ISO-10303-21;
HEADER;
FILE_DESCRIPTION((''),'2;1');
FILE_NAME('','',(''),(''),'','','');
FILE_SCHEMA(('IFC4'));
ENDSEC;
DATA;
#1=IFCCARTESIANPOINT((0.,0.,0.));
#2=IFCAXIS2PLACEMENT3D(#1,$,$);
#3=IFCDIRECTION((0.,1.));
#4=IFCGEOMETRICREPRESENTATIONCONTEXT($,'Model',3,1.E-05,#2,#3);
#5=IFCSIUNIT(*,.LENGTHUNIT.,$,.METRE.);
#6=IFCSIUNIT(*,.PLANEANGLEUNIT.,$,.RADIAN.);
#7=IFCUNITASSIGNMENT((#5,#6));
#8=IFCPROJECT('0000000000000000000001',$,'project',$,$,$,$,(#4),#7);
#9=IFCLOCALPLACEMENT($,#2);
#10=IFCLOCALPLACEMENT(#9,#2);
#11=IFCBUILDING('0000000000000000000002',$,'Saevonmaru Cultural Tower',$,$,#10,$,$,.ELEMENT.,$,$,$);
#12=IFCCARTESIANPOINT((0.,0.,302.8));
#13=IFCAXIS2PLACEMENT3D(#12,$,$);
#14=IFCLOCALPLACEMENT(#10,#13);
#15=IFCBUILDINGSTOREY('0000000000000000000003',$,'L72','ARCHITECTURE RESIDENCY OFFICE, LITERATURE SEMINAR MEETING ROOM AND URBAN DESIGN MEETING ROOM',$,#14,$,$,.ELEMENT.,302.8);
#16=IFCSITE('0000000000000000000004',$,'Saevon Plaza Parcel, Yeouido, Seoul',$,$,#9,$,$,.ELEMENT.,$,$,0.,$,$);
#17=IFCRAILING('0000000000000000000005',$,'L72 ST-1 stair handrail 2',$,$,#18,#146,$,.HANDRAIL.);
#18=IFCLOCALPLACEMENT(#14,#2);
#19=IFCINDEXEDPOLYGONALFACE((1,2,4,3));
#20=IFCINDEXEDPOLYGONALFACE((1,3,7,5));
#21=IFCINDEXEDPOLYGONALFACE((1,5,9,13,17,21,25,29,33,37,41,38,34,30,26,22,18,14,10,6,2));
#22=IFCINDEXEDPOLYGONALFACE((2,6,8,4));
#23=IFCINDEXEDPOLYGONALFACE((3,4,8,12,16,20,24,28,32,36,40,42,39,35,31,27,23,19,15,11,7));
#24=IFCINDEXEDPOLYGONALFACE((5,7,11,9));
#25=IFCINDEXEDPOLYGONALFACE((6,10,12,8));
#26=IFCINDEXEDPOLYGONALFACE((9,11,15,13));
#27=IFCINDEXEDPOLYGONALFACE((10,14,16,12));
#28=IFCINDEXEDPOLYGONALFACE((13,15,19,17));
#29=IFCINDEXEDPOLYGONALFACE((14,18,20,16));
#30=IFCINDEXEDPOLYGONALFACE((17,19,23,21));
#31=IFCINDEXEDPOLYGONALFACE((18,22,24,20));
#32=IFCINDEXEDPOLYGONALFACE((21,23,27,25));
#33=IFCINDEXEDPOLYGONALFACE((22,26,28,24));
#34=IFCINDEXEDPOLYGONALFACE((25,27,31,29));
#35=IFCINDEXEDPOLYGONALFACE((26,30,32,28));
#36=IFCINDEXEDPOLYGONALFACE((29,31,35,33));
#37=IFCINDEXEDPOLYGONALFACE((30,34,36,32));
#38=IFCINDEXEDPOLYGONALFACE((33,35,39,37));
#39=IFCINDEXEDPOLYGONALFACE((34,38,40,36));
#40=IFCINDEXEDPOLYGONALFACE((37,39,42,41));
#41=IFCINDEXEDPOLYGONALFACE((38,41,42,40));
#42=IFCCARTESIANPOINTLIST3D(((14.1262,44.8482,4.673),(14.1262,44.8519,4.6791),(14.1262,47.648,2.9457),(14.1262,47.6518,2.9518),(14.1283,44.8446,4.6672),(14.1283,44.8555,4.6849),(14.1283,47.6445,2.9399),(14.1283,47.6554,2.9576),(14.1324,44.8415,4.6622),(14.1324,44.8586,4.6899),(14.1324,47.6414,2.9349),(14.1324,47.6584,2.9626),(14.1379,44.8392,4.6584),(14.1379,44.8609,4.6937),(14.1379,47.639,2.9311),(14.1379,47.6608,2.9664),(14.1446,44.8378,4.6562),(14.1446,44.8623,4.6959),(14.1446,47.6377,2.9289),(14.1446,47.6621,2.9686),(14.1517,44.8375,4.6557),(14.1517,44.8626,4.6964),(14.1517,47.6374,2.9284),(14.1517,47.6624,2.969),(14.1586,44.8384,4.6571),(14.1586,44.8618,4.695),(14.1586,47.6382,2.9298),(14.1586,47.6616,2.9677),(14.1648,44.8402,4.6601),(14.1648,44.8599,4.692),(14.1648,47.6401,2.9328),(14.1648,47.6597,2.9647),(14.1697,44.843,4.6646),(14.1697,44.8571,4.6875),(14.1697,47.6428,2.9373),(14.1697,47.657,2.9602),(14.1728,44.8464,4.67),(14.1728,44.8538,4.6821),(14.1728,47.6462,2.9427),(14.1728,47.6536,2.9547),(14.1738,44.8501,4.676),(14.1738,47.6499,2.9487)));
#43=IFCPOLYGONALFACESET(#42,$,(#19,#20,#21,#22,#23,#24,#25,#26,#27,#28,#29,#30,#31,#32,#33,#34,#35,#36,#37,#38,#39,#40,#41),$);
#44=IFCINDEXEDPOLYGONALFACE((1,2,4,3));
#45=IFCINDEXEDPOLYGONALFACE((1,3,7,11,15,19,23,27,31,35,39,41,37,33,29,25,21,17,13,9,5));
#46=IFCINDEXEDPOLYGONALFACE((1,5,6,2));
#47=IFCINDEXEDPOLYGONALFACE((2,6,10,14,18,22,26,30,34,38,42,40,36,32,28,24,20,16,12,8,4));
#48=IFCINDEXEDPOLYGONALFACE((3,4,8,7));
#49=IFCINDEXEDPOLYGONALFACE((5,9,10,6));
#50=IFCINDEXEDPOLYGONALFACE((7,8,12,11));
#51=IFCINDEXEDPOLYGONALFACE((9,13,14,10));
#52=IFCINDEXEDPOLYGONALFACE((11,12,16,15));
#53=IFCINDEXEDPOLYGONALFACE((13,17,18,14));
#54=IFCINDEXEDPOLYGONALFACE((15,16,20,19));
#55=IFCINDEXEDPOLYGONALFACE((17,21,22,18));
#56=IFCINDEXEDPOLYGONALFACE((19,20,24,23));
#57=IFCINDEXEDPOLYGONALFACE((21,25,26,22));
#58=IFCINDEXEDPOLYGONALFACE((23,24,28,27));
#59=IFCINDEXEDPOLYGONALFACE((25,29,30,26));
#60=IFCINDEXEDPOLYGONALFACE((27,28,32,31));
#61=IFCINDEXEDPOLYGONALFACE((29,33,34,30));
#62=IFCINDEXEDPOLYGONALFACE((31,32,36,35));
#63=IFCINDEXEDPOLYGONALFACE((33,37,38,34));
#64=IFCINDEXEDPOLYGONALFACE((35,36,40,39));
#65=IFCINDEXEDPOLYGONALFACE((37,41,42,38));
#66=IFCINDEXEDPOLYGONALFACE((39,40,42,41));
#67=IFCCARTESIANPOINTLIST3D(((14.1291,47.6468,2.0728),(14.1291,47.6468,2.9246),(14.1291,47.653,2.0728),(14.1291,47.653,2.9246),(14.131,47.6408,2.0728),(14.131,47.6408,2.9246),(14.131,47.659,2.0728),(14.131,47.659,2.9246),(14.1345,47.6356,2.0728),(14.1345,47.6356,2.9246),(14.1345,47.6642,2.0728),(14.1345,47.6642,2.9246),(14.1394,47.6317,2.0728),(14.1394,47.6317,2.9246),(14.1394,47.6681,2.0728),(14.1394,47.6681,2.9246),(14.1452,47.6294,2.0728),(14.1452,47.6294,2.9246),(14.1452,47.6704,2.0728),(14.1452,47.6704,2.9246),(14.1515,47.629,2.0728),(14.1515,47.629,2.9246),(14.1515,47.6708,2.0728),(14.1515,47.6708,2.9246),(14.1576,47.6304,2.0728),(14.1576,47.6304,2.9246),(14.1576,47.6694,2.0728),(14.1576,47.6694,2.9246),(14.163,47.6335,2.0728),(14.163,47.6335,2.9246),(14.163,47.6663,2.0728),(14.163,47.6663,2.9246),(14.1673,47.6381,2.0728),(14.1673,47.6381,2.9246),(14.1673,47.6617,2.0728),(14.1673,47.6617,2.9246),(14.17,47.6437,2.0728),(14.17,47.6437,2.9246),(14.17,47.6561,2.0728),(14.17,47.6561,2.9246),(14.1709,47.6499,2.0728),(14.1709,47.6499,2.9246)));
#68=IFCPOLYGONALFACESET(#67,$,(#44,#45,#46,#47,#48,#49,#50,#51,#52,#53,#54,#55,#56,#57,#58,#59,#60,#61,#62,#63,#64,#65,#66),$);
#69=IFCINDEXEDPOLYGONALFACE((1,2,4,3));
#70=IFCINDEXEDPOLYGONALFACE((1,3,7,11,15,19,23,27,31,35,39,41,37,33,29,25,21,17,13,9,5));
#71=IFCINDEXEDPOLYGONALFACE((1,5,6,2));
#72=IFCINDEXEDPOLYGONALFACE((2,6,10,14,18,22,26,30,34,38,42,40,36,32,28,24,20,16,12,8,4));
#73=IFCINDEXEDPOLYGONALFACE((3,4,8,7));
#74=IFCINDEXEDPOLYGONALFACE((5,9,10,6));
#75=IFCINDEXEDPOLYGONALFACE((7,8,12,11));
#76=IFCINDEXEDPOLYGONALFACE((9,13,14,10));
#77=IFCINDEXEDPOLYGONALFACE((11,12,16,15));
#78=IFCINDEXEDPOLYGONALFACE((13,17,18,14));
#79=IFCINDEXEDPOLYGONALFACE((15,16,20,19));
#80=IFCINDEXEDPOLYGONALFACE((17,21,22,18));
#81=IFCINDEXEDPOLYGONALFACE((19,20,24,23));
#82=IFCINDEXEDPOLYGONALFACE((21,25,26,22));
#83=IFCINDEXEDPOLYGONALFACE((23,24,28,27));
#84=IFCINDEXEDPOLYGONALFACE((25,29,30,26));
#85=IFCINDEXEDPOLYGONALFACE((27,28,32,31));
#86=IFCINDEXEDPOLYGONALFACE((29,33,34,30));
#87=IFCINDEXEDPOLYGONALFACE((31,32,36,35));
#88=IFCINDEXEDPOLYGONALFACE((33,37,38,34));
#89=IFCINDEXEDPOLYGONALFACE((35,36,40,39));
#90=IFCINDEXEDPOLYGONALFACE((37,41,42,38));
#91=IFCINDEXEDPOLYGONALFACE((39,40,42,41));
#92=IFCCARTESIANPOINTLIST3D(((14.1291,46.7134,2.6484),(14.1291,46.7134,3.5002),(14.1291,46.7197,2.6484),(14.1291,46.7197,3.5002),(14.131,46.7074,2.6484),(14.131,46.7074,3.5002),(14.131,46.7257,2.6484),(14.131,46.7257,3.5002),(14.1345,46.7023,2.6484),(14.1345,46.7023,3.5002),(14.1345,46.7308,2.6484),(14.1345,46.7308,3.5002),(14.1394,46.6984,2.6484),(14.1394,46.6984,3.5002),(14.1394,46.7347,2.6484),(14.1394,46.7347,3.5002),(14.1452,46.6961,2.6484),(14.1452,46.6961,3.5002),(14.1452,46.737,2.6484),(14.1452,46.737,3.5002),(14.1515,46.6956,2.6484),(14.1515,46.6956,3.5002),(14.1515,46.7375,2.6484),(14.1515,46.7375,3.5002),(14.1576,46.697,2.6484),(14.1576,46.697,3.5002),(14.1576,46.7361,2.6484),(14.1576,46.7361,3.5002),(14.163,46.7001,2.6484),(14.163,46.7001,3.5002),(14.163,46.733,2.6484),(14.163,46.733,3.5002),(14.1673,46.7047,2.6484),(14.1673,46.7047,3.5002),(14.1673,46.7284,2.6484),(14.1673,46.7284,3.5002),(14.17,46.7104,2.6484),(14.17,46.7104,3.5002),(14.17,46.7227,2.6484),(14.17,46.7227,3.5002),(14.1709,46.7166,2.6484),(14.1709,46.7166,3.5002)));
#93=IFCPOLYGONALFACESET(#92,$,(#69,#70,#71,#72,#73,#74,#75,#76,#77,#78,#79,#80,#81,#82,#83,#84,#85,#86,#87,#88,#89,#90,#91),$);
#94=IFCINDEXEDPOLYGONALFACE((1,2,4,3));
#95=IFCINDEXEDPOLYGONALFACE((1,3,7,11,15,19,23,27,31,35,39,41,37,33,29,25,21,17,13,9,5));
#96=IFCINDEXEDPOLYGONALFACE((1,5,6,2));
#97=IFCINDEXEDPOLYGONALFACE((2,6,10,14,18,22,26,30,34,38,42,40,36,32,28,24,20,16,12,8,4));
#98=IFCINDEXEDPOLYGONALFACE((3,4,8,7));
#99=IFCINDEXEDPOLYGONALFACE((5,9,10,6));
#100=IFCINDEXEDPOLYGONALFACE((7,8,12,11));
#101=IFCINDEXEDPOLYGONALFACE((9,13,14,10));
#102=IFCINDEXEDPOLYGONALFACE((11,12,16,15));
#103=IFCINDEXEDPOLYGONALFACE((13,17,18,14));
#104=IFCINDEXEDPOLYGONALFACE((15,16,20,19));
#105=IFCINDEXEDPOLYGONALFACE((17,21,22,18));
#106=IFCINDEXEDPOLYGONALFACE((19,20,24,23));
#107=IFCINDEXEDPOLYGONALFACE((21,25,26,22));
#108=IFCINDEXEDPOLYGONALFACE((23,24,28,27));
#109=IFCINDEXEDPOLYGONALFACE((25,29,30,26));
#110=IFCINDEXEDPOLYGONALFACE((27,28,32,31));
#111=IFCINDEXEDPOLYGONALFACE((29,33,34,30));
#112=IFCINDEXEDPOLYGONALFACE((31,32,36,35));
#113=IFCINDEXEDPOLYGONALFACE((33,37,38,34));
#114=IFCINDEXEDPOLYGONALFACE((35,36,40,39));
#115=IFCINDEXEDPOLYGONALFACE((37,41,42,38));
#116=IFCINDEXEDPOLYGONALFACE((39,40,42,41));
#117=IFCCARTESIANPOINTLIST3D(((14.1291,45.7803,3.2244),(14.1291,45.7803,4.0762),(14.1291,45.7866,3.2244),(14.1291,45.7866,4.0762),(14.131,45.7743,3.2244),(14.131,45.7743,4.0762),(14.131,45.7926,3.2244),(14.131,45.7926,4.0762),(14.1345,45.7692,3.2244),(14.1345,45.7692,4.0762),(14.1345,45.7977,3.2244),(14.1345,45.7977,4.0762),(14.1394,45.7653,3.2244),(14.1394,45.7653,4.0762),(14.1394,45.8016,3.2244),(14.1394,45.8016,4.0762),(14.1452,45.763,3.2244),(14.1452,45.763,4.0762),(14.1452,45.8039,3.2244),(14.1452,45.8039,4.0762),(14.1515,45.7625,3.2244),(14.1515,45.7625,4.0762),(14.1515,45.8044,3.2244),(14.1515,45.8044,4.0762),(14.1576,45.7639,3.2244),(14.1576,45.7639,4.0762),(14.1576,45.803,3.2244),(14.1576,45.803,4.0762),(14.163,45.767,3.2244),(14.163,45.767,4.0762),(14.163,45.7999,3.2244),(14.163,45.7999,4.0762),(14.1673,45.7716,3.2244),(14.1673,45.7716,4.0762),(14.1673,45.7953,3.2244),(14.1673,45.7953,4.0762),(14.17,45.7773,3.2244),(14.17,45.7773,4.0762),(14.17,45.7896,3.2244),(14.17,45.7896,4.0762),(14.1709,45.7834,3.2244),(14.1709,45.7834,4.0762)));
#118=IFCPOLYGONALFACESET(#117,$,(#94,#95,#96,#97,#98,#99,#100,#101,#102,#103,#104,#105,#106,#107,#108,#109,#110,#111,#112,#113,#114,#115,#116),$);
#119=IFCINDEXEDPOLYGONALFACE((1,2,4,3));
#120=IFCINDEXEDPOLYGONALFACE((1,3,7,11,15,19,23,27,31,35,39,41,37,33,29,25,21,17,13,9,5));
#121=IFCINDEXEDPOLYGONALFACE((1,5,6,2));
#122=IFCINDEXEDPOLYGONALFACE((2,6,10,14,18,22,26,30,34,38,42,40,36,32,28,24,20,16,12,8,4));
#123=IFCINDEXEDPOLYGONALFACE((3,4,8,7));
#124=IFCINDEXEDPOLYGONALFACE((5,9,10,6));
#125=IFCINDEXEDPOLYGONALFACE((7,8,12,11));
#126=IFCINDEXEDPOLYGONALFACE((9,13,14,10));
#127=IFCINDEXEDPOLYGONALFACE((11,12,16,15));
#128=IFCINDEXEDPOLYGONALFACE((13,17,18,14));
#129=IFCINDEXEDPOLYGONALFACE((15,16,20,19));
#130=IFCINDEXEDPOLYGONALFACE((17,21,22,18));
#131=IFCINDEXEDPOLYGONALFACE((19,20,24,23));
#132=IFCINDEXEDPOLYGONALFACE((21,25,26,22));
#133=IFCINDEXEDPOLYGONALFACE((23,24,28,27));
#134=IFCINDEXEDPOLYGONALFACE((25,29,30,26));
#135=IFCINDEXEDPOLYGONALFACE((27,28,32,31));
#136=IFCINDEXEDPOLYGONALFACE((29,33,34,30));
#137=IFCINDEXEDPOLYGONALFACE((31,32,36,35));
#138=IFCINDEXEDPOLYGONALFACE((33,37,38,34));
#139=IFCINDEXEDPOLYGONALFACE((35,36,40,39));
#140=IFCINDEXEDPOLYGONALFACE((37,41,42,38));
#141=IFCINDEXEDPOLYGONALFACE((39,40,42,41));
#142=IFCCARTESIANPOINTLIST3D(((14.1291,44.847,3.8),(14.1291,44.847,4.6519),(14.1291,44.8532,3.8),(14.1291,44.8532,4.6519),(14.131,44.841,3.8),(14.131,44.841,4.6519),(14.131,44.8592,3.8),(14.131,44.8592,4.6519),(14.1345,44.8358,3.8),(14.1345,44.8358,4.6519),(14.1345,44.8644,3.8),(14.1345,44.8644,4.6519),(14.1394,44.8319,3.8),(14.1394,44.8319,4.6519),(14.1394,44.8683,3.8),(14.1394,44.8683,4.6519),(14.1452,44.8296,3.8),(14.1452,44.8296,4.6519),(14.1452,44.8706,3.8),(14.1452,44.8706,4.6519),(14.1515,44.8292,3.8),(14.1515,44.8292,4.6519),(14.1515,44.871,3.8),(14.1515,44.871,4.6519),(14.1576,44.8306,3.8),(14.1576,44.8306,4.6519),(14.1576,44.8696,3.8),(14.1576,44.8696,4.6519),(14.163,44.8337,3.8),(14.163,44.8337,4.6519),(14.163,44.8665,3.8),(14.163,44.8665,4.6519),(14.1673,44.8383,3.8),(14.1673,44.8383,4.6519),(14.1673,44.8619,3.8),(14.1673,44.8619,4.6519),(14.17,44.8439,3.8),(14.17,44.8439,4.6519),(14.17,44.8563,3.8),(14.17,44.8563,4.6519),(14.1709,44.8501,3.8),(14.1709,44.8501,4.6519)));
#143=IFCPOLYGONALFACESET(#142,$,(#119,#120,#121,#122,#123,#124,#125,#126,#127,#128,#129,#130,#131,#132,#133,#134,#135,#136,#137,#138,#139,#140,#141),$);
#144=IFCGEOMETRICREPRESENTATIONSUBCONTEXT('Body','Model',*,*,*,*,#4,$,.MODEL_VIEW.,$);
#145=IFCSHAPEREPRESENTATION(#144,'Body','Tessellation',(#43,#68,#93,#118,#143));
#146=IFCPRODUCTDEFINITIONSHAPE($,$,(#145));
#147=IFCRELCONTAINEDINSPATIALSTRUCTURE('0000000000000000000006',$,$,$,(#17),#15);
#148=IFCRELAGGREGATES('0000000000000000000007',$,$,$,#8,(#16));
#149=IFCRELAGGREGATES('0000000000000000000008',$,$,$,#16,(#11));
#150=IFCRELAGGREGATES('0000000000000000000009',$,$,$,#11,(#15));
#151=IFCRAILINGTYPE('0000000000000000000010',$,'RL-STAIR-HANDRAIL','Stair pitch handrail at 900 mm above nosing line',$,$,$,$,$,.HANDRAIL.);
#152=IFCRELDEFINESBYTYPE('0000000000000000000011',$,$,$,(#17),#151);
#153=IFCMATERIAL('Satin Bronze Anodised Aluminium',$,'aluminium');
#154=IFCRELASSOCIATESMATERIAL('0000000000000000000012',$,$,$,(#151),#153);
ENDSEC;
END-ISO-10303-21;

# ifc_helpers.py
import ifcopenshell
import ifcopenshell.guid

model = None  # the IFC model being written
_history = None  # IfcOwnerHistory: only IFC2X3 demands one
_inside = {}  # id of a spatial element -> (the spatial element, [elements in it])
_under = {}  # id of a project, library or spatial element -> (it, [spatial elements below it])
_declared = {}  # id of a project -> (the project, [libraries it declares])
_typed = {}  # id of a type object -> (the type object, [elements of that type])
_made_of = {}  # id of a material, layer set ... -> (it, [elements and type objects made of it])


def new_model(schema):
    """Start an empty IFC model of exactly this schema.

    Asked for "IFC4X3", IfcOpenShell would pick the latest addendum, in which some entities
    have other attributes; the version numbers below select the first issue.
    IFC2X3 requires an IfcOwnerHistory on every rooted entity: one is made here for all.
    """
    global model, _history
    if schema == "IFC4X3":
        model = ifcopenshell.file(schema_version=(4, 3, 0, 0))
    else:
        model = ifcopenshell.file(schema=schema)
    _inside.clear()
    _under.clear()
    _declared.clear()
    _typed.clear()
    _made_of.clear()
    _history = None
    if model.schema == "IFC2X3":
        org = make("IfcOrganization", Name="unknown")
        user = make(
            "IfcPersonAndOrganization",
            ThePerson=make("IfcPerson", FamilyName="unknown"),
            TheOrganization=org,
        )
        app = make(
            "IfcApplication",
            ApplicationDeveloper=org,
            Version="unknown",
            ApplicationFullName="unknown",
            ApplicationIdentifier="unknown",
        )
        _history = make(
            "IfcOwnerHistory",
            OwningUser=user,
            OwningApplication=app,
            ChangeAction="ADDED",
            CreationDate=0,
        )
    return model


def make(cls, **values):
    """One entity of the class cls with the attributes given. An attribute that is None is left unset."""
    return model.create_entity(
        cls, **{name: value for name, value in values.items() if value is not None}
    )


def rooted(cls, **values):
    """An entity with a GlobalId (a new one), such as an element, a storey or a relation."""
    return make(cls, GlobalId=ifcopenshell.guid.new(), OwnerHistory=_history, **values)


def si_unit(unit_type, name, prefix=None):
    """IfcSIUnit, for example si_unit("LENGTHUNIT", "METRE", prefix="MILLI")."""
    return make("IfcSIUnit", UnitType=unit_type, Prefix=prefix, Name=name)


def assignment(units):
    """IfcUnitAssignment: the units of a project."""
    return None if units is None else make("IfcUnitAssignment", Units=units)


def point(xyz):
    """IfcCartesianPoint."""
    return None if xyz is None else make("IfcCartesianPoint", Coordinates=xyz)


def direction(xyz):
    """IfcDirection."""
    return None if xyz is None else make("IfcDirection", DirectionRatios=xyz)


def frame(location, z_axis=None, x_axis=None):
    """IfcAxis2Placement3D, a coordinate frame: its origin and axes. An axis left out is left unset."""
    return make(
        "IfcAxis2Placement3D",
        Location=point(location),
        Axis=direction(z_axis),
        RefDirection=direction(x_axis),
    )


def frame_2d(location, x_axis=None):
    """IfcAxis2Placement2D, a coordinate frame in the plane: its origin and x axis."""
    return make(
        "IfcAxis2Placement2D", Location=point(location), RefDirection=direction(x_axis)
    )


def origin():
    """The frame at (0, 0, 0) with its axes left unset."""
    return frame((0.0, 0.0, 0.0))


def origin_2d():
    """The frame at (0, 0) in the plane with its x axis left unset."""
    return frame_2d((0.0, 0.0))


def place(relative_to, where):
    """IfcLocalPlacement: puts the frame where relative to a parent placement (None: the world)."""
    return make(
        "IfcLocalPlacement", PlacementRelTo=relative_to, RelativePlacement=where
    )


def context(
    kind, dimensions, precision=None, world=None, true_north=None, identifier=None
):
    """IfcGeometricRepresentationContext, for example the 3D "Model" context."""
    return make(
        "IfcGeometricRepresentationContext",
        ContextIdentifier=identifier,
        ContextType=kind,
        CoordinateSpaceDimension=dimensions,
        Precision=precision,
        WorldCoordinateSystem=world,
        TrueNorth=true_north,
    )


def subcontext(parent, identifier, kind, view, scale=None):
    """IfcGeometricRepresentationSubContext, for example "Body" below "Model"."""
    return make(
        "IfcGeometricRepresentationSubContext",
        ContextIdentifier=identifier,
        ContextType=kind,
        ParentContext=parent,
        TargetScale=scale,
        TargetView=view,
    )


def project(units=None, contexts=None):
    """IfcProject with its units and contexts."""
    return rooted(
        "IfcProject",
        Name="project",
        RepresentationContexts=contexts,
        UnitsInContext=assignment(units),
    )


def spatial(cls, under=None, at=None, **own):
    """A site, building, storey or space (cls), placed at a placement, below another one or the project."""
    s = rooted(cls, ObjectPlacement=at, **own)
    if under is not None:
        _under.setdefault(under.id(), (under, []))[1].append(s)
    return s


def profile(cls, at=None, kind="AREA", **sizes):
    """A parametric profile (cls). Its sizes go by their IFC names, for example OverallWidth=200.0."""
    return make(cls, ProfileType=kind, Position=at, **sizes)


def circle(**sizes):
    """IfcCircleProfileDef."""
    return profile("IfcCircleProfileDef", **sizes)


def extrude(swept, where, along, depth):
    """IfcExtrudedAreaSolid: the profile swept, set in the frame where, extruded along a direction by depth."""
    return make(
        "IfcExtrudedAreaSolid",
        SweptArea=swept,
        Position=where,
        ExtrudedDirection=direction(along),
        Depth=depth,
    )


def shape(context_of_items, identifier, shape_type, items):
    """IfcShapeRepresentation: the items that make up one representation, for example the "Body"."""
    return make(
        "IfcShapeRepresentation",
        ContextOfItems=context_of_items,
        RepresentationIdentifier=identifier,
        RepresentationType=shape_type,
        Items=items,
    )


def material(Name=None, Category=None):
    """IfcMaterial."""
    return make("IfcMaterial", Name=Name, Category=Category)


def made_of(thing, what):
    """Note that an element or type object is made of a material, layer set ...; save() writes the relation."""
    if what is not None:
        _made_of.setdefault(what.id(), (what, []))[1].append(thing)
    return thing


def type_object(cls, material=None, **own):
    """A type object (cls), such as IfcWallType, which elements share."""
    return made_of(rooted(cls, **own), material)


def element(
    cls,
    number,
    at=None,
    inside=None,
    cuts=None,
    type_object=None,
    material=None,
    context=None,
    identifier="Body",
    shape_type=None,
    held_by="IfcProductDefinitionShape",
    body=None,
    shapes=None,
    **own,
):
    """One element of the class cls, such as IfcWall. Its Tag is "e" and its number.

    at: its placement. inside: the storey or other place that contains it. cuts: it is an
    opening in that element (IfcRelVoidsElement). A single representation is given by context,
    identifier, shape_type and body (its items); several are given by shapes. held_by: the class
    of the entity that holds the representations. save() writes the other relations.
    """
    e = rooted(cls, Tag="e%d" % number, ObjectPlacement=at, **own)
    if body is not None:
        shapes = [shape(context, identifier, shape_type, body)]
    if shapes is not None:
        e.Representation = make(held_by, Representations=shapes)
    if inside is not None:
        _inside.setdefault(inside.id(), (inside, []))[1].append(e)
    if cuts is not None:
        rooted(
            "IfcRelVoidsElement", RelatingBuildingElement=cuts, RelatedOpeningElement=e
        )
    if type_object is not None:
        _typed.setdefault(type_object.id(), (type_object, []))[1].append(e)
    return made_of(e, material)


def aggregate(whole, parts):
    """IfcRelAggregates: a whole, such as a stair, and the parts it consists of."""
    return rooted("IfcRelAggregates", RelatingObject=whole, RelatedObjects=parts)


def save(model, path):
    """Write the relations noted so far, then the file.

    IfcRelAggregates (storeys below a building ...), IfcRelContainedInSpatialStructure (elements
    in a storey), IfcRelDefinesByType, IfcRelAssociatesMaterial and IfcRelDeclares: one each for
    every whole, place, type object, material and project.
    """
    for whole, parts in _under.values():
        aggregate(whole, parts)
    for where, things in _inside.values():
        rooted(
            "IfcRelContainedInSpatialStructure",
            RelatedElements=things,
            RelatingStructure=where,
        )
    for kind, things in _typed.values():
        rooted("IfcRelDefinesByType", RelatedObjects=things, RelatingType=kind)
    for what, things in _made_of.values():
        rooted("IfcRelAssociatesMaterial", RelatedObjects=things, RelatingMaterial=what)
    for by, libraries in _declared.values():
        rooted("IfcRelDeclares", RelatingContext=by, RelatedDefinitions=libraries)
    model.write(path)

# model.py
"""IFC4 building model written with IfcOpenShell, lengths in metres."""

from ifc_helpers import new_model, si_unit, direction, frame, origin, origin_2d, place, context, subcontext, project, spatial, circle, extrude, material, type_object, element, save


model = new_model("IFC4")

# Units and contexts
model_context = context("Model", 3, precision=1e-05, world=origin(), true_north=direction((0.0, 1.0)))
body_context = subcontext(model_context, "Body", "Model", "MODEL_VIEW")
ifc_project = project(units=[si_unit("LENGTHUNIT", "METRE"), si_unit("PLANEANGLEUNIT", "RADIAN")], contexts=[model_context])

# Site, building, storey
site_placement = place(None, origin())
site = spatial("IfcSite", under=ifc_project, at=site_placement, Name="Saevon Plaza Parcel, Yeouido, Seoul", CompositionType="ELEMENT", RefElevation=0.0)
building_placement = place(site_placement, origin())
building = spatial("IfcBuilding", under=site, at=building_placement, Name="Saevonmaru Cultural Tower", CompositionType="ELEMENT")
storey_placement = place(building_placement, frame((0.0, 0.0, 302.8)))
storey = spatial("IfcBuildingStorey", under=building, at=storey_placement, Name="L72", Description="ARCHITECTURE RESIDENCY OFFICE, LITERATURE SEMINAR MEETING ROOM AND URBAN DESIGN MEETING ROOM", CompositionType="ELEMENT", Elevation=302.8)

# Shared definitions
ifc_material_1 = material(Name="Satin Bronze Anodised Aluminium", Category="aluminium")

# Railing
railing_type_1 = type_object("IfcRailingType", Name="RL-STAIR-HANDRAIL", Description="Stair pitch handrail at 900 mm above nosing line", PredefinedType="HANDRAIL", material=ifc_material_1)
railing_1_placement = place(storey_placement, frame((14.1499, 47.6499, 2.0728)))
element("IfcRailing", 1, at=railing_1_placement, inside=storey, type_object=railing_type_1, Name="L72 ST-1 stair handrail 2", PredefinedType="HANDRAIL", context=body_context, shape_type="SweptSolid", body=[
    extrude(circle(Radius=0.0239, at=origin_2d()), frame((0.0, 0.0, 0.876), z_axis=(0.0, -0.851069, 0.525054), x_axis=(1.0, 0.0, 0.0)), (0.0, 0.0, 1.0), 3.2898),
    extrude(circle(Radius=0.021, at=origin_2d()), origin(), (0.0, 0.0, 1.0), 0.8518),
    extrude(circle(Radius=0.021, at=origin_2d()), frame((0.0, -0.9333, 0.5757)), (0.0, 0.0, 1.0), 0.8518),
    extrude(circle(Radius=0.021, at=origin_2d()), frame((0.0, -1.8665, 1.1516)), (0.0, 0.0, 1.0), 0.8518),
    extrude(circle(Radius=0.021, at=origin_2d()), frame((0.0, -2.7998, 1.7273)), (0.0, 0.0, 1.0), 0.8518),
])

save(model, "model.ifc")
